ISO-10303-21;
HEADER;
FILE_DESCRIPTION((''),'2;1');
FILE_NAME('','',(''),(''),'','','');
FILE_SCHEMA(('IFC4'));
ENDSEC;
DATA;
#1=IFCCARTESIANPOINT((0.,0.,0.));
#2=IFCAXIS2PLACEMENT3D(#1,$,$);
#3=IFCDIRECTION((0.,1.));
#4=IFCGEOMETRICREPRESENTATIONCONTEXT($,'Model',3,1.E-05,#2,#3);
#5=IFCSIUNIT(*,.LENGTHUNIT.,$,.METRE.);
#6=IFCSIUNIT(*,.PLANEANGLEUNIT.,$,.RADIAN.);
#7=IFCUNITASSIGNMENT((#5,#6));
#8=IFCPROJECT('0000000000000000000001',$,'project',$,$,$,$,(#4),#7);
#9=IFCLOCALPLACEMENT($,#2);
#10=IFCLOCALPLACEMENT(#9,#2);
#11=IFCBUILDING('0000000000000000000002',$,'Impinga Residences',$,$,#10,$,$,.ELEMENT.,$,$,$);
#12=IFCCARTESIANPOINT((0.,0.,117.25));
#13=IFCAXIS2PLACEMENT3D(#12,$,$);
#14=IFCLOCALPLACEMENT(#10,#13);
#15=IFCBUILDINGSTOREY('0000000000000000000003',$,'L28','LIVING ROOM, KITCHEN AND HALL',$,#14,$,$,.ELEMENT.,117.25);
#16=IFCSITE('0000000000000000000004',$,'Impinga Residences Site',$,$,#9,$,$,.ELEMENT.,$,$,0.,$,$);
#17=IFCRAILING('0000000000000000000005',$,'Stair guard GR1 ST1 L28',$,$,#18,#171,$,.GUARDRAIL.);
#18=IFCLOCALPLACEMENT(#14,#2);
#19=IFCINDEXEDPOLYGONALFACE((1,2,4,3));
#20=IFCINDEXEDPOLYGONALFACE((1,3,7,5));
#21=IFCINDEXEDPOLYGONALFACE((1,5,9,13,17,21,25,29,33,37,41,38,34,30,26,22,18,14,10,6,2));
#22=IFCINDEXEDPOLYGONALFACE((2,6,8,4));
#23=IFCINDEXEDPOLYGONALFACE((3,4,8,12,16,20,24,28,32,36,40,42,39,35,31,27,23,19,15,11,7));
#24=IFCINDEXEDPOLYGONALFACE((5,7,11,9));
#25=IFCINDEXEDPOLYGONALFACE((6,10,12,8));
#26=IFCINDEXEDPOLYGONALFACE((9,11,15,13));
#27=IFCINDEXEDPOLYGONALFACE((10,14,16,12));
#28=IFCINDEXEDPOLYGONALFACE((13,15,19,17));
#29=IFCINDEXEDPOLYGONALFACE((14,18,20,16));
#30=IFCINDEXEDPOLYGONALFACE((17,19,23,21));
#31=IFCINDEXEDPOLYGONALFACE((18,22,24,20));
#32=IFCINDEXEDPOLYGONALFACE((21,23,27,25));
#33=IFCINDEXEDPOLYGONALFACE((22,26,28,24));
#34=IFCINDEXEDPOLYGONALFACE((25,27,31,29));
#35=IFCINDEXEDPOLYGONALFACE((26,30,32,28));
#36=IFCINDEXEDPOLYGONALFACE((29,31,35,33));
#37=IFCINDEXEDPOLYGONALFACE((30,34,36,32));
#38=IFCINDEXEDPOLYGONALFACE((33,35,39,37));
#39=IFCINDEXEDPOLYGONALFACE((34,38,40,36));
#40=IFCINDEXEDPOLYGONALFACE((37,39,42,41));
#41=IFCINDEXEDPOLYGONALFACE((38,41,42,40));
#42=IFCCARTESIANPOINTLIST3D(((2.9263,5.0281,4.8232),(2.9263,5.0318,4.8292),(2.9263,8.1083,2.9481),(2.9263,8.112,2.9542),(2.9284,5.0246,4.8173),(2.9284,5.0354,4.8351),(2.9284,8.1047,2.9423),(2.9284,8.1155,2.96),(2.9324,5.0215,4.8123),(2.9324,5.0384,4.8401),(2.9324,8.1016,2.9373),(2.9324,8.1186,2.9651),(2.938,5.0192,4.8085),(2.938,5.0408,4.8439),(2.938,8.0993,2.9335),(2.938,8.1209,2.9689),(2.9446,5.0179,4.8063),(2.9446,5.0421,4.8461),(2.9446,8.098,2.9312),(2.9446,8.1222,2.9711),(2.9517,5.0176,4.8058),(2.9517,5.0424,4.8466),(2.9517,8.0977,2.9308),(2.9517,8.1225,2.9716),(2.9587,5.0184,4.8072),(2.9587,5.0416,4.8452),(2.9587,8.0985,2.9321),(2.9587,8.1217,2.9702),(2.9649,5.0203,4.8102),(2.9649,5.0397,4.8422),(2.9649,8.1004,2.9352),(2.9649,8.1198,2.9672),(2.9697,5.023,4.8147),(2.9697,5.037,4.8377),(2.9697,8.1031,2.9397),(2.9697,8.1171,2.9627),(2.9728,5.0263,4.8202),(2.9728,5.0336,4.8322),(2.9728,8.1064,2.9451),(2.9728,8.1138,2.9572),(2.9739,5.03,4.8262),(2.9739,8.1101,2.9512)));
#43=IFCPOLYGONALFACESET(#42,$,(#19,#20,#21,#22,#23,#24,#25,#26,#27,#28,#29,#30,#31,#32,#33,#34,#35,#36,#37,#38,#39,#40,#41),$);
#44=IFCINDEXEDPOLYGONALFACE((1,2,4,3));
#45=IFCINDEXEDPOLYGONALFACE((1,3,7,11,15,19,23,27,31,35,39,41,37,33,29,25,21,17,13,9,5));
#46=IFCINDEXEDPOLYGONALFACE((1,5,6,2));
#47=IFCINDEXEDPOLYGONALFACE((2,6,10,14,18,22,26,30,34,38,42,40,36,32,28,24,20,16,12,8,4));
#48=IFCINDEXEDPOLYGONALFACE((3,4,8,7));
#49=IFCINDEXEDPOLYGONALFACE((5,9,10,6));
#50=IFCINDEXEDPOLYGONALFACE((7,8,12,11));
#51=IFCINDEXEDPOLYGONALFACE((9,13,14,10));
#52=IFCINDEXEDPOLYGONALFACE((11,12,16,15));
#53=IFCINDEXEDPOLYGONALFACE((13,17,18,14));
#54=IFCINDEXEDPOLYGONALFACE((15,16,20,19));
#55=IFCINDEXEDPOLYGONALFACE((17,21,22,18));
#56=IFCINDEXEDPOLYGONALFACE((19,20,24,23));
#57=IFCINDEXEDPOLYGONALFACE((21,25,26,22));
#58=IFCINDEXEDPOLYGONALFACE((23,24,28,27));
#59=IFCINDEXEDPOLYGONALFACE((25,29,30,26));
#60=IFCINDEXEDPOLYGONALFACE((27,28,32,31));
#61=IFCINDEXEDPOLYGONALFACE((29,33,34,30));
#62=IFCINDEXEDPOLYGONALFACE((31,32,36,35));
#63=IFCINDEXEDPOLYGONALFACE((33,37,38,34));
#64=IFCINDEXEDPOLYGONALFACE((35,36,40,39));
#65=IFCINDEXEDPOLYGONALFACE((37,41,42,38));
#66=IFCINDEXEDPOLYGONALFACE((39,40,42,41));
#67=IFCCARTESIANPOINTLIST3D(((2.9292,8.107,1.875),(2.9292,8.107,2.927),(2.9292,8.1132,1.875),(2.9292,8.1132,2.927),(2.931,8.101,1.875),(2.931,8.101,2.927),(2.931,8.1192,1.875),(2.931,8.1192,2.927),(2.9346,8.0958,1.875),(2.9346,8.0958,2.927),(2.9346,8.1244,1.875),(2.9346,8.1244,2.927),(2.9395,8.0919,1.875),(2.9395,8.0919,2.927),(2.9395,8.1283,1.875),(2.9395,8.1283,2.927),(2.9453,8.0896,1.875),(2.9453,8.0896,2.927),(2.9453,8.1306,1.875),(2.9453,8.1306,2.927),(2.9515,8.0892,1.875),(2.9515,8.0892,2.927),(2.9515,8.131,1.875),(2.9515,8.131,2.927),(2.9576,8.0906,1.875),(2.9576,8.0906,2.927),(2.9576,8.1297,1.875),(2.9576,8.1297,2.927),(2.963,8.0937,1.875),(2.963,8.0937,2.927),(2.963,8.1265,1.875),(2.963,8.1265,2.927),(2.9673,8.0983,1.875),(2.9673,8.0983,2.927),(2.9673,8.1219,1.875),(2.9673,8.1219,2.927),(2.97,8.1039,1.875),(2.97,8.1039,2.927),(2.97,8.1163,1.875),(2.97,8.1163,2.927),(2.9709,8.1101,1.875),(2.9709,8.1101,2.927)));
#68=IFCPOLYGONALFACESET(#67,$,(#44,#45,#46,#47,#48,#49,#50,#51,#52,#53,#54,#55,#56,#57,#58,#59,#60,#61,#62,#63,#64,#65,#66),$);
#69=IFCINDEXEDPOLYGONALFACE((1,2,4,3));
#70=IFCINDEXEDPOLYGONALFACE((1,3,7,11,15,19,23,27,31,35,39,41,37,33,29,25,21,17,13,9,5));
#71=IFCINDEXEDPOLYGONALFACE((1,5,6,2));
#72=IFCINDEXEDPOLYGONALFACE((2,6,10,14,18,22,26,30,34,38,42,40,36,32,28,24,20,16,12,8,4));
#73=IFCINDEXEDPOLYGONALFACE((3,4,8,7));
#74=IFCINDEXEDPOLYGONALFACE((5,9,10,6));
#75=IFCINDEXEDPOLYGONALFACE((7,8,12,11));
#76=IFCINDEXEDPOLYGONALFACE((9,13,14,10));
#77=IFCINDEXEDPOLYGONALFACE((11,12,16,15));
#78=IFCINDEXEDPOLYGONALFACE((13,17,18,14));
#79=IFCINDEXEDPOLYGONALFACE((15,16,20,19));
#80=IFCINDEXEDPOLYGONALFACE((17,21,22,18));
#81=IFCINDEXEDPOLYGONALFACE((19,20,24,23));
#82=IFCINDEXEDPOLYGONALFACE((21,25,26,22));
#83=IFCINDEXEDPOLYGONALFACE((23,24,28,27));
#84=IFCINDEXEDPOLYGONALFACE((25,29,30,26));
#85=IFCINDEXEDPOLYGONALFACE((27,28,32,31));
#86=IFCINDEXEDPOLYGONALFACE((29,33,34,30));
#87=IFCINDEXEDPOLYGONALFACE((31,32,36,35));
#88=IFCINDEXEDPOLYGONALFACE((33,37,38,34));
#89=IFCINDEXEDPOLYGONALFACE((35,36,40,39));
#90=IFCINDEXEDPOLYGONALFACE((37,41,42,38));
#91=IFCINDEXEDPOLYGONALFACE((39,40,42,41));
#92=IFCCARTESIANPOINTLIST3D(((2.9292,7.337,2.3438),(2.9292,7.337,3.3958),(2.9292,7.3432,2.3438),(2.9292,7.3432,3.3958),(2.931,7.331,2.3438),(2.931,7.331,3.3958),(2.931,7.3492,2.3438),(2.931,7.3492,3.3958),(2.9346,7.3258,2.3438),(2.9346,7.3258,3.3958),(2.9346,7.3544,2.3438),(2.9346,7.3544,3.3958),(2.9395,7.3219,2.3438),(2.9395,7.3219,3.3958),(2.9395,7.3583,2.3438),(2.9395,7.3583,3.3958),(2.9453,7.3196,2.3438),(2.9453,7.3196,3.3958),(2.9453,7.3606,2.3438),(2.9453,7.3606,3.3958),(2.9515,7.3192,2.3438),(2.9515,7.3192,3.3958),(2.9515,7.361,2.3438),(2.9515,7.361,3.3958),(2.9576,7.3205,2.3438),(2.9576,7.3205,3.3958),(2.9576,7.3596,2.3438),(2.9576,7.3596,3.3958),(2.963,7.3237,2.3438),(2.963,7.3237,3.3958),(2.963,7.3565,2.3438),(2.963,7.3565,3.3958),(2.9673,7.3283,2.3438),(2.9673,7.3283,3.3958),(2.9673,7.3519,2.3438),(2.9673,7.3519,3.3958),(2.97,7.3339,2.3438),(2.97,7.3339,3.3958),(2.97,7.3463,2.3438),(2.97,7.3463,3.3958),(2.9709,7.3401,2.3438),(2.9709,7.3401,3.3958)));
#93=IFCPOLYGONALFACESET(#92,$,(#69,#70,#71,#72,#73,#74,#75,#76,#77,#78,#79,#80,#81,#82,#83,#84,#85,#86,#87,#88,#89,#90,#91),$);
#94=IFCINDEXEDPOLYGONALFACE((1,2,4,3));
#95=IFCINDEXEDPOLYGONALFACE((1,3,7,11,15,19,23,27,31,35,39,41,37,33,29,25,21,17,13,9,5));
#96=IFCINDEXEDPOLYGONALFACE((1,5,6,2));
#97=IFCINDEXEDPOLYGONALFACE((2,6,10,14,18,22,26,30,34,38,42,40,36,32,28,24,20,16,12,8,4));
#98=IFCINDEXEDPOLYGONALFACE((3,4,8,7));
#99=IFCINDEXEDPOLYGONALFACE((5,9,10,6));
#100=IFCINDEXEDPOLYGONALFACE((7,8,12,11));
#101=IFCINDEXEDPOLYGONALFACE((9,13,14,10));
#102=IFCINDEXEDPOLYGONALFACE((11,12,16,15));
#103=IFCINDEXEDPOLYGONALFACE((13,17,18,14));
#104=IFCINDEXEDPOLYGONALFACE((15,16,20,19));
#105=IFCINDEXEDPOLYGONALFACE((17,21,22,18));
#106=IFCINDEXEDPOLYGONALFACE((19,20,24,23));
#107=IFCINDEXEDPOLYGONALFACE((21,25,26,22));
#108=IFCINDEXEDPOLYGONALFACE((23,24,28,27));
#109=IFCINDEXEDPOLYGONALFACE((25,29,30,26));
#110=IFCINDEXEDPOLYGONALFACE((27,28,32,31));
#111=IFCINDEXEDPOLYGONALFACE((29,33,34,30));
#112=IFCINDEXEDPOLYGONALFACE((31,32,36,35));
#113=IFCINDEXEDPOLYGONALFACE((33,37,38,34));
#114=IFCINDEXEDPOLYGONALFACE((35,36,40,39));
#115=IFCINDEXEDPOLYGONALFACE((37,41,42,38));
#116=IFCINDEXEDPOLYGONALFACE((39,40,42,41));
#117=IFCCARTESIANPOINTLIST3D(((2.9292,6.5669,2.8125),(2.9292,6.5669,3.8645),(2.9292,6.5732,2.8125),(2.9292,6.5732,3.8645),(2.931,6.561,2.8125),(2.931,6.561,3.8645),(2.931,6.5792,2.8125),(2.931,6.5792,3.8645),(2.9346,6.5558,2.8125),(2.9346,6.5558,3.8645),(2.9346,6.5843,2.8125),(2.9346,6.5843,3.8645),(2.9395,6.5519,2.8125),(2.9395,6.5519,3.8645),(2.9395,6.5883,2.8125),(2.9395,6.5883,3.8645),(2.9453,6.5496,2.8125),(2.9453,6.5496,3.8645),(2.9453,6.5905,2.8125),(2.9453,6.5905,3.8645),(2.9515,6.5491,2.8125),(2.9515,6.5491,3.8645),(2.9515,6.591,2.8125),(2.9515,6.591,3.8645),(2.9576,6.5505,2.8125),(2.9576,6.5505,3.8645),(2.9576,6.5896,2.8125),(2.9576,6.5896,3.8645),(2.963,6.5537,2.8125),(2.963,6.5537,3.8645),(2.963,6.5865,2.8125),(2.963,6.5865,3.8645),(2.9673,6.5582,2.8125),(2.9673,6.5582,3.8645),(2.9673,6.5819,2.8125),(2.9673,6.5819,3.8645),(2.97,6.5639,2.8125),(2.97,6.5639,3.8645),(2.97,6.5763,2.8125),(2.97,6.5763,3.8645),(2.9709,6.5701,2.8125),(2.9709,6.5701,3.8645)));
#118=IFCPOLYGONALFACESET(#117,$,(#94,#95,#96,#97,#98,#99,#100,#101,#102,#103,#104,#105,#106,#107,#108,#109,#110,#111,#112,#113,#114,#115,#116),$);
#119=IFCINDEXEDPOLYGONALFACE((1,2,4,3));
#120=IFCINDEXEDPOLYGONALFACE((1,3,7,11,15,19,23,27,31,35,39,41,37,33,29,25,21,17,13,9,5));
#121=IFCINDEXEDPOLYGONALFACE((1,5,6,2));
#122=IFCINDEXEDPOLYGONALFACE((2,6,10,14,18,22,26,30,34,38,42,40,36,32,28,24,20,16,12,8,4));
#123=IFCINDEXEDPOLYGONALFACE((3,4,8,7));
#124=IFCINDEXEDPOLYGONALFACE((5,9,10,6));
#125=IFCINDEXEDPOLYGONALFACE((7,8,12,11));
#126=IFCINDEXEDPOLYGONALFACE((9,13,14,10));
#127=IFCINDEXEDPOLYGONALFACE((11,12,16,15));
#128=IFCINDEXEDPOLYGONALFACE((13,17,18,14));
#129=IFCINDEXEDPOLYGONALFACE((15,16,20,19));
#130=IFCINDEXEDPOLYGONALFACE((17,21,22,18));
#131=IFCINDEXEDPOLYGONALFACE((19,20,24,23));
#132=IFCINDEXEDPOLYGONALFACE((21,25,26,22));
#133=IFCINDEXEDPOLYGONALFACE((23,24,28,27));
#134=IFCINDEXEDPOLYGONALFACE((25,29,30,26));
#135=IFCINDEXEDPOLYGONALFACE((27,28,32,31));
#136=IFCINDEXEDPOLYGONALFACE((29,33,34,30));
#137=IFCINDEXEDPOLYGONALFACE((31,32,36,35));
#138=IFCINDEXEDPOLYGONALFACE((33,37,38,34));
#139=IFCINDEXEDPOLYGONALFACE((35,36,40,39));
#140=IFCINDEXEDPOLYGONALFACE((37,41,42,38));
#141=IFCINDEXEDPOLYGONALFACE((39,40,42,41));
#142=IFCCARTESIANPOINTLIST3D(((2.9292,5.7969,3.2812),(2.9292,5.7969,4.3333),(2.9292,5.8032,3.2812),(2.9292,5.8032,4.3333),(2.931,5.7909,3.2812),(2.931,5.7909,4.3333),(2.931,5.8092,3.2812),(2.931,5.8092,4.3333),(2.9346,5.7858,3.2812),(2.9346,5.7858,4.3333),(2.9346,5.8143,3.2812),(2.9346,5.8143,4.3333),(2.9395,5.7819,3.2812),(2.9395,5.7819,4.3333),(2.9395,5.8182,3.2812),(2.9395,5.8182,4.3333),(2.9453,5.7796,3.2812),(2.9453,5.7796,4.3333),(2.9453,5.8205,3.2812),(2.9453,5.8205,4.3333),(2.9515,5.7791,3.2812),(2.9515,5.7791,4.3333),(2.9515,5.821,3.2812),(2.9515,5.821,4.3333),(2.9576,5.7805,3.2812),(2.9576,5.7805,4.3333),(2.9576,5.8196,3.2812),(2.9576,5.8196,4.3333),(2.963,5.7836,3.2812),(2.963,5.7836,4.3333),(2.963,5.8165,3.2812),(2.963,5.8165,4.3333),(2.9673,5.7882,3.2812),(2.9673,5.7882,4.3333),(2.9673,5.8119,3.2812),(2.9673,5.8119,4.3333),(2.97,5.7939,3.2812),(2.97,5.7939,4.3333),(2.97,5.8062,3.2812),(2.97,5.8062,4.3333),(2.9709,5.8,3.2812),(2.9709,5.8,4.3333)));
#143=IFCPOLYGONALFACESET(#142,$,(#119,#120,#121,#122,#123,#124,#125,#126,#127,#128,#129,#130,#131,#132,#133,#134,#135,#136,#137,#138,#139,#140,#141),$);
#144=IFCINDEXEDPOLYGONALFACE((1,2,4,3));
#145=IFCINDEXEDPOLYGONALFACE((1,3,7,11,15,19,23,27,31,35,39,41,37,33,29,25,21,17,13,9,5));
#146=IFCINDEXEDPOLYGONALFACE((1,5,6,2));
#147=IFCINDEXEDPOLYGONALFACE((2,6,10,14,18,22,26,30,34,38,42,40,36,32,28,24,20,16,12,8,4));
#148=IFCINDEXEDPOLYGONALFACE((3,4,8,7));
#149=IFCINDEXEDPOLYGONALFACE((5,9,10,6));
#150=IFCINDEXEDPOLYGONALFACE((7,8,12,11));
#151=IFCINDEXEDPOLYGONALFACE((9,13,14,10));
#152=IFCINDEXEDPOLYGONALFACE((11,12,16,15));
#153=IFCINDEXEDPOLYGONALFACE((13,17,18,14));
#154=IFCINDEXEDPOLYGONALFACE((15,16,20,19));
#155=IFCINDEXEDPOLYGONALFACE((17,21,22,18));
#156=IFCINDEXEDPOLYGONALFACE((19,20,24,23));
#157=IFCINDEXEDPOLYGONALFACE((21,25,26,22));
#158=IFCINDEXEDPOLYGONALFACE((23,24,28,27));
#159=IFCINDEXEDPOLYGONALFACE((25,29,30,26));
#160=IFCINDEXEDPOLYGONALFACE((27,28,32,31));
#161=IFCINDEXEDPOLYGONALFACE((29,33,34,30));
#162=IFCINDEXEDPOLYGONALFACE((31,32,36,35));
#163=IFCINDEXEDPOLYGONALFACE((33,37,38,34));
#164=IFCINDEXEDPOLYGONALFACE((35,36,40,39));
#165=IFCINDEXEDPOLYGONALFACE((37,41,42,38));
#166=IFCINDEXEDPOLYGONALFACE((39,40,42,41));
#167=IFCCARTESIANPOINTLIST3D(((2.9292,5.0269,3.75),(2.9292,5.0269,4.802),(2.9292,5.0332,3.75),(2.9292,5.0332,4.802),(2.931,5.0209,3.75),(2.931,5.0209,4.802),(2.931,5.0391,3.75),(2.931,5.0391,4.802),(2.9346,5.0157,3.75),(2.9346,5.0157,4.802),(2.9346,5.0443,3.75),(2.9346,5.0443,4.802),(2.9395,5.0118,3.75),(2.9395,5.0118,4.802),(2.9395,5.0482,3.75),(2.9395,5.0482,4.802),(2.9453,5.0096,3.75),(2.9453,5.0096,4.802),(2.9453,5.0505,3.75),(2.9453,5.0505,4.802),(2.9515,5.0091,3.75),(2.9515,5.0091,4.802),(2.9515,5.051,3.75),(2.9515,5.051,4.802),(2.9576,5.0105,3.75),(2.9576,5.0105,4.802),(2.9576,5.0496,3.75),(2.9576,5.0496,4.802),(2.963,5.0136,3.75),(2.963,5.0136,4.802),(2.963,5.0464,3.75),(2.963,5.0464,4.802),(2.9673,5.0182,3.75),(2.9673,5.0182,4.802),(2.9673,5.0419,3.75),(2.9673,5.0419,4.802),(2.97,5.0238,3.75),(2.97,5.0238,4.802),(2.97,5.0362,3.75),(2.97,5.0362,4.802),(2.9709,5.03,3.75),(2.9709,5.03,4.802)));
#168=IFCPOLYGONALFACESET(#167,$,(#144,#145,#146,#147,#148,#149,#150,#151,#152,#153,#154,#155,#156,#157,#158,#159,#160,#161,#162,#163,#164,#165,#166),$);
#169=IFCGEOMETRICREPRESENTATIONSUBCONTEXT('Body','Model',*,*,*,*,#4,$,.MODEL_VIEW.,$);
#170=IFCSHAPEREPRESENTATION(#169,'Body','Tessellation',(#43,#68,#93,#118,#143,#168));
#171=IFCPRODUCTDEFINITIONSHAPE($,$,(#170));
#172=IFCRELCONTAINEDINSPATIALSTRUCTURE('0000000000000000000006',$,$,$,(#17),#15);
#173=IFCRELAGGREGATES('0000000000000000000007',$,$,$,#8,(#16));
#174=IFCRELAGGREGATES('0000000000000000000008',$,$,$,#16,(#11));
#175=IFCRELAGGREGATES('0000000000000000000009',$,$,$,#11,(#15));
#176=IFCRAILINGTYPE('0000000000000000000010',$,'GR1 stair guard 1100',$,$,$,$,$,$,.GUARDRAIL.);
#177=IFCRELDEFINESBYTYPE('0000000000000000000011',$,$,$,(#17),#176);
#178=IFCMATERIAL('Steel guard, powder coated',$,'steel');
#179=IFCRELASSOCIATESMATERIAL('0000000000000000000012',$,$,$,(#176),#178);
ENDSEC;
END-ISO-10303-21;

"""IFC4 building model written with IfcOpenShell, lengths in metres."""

from ifc_helpers import new_model, si_unit, direction, frame, origin, origin_2d, place, context, subcontext, project, spatial, circle, extrude, material, type_object, element, save


model = new_model("IFC4")

# Units and contexts
model_context = context("Model", 3, precision=1e-05, world=origin(), true_north=direction((0.0, 1.0)))
body_context = subcontext(model_context, "Body", "Model", "MODEL_VIEW")
ifc_project = project(units=[si_unit("LENGTHUNIT", "METRE"), si_unit("PLANEANGLEUNIT", "RADIAN")], contexts=[model_context])

# Site, building, storey
site_placement = place(None, origin())
site = spatial("IfcSite", under=ifc_project, at=site_placement, Name="Impinga Residences Site", CompositionType="ELEMENT", RefElevation=0.0)
building_placement = place(site_placement, origin())
building = spatial("IfcBuilding", under=site, at=building_placement, Name="Impinga Residences", CompositionType="ELEMENT")
storey_placement = place(building_placement, frame((0.0, 0.0, 117.25)))
storey = spatial("IfcBuildingStorey", under=building, at=storey_placement, Name="L28", Description="LIVING ROOM, KITCHEN AND HALL", CompositionType="ELEMENT", Elevation=117.25)

# Railing
ifc_material_1 = material(Name="Steel guard, powder coated", Category="steel")
railing_type_1 = type_object("IfcRailingType", Name="GR1 stair guard 1100", PredefinedType="GUARDRAIL", material=ifc_material_1)
railing_1_placement = place(storey_placement, frame((2.95, 8.1101, 1.875)))
element("IfcRailing", 1, at=railing_1_placement, inside=storey, type_object=railing_type_1, Name="Stair guard GR1 ST1 L28", PredefinedType="GUARDRAIL", context=body_context, shape_type="SweptSolid", body=[
    extrude(circle(Radius=0.0239, at=origin_2d()), frame((0.0, 0.0, 1.0762), z_axis=(0.0, -0.854178, 0.519981), x_axis=(1.0, 0.0, 0.0)), (0.0, 0.0, 1.0), 3.606),
    extrude(circle(Radius=0.021, at=origin_2d()), origin(), (0.0, 0.0, 1.0), 1.052),
    extrude(circle(Radius=0.021, at=origin_2d()), frame((0.0, -0.77, 0.4688)), (0.0, 0.0, 1.0), 1.052),
    extrude(circle(Radius=0.021, at=origin_2d()), frame((0.0, -1.54, 0.9375)), (0.0, 0.0, 1.0), 1.052),
    extrude(circle(Radius=0.021, at=origin_2d()), frame((0.0, -2.3101, 1.4062)), (0.0, 0.0, 1.0), 1.052),
    extrude(circle(Radius=0.021, at=origin_2d()), frame((0.0, -3.0801, 1.875)), (0.0, 0.0, 1.0), 1.052),
])

save(model, "model.ifc")
